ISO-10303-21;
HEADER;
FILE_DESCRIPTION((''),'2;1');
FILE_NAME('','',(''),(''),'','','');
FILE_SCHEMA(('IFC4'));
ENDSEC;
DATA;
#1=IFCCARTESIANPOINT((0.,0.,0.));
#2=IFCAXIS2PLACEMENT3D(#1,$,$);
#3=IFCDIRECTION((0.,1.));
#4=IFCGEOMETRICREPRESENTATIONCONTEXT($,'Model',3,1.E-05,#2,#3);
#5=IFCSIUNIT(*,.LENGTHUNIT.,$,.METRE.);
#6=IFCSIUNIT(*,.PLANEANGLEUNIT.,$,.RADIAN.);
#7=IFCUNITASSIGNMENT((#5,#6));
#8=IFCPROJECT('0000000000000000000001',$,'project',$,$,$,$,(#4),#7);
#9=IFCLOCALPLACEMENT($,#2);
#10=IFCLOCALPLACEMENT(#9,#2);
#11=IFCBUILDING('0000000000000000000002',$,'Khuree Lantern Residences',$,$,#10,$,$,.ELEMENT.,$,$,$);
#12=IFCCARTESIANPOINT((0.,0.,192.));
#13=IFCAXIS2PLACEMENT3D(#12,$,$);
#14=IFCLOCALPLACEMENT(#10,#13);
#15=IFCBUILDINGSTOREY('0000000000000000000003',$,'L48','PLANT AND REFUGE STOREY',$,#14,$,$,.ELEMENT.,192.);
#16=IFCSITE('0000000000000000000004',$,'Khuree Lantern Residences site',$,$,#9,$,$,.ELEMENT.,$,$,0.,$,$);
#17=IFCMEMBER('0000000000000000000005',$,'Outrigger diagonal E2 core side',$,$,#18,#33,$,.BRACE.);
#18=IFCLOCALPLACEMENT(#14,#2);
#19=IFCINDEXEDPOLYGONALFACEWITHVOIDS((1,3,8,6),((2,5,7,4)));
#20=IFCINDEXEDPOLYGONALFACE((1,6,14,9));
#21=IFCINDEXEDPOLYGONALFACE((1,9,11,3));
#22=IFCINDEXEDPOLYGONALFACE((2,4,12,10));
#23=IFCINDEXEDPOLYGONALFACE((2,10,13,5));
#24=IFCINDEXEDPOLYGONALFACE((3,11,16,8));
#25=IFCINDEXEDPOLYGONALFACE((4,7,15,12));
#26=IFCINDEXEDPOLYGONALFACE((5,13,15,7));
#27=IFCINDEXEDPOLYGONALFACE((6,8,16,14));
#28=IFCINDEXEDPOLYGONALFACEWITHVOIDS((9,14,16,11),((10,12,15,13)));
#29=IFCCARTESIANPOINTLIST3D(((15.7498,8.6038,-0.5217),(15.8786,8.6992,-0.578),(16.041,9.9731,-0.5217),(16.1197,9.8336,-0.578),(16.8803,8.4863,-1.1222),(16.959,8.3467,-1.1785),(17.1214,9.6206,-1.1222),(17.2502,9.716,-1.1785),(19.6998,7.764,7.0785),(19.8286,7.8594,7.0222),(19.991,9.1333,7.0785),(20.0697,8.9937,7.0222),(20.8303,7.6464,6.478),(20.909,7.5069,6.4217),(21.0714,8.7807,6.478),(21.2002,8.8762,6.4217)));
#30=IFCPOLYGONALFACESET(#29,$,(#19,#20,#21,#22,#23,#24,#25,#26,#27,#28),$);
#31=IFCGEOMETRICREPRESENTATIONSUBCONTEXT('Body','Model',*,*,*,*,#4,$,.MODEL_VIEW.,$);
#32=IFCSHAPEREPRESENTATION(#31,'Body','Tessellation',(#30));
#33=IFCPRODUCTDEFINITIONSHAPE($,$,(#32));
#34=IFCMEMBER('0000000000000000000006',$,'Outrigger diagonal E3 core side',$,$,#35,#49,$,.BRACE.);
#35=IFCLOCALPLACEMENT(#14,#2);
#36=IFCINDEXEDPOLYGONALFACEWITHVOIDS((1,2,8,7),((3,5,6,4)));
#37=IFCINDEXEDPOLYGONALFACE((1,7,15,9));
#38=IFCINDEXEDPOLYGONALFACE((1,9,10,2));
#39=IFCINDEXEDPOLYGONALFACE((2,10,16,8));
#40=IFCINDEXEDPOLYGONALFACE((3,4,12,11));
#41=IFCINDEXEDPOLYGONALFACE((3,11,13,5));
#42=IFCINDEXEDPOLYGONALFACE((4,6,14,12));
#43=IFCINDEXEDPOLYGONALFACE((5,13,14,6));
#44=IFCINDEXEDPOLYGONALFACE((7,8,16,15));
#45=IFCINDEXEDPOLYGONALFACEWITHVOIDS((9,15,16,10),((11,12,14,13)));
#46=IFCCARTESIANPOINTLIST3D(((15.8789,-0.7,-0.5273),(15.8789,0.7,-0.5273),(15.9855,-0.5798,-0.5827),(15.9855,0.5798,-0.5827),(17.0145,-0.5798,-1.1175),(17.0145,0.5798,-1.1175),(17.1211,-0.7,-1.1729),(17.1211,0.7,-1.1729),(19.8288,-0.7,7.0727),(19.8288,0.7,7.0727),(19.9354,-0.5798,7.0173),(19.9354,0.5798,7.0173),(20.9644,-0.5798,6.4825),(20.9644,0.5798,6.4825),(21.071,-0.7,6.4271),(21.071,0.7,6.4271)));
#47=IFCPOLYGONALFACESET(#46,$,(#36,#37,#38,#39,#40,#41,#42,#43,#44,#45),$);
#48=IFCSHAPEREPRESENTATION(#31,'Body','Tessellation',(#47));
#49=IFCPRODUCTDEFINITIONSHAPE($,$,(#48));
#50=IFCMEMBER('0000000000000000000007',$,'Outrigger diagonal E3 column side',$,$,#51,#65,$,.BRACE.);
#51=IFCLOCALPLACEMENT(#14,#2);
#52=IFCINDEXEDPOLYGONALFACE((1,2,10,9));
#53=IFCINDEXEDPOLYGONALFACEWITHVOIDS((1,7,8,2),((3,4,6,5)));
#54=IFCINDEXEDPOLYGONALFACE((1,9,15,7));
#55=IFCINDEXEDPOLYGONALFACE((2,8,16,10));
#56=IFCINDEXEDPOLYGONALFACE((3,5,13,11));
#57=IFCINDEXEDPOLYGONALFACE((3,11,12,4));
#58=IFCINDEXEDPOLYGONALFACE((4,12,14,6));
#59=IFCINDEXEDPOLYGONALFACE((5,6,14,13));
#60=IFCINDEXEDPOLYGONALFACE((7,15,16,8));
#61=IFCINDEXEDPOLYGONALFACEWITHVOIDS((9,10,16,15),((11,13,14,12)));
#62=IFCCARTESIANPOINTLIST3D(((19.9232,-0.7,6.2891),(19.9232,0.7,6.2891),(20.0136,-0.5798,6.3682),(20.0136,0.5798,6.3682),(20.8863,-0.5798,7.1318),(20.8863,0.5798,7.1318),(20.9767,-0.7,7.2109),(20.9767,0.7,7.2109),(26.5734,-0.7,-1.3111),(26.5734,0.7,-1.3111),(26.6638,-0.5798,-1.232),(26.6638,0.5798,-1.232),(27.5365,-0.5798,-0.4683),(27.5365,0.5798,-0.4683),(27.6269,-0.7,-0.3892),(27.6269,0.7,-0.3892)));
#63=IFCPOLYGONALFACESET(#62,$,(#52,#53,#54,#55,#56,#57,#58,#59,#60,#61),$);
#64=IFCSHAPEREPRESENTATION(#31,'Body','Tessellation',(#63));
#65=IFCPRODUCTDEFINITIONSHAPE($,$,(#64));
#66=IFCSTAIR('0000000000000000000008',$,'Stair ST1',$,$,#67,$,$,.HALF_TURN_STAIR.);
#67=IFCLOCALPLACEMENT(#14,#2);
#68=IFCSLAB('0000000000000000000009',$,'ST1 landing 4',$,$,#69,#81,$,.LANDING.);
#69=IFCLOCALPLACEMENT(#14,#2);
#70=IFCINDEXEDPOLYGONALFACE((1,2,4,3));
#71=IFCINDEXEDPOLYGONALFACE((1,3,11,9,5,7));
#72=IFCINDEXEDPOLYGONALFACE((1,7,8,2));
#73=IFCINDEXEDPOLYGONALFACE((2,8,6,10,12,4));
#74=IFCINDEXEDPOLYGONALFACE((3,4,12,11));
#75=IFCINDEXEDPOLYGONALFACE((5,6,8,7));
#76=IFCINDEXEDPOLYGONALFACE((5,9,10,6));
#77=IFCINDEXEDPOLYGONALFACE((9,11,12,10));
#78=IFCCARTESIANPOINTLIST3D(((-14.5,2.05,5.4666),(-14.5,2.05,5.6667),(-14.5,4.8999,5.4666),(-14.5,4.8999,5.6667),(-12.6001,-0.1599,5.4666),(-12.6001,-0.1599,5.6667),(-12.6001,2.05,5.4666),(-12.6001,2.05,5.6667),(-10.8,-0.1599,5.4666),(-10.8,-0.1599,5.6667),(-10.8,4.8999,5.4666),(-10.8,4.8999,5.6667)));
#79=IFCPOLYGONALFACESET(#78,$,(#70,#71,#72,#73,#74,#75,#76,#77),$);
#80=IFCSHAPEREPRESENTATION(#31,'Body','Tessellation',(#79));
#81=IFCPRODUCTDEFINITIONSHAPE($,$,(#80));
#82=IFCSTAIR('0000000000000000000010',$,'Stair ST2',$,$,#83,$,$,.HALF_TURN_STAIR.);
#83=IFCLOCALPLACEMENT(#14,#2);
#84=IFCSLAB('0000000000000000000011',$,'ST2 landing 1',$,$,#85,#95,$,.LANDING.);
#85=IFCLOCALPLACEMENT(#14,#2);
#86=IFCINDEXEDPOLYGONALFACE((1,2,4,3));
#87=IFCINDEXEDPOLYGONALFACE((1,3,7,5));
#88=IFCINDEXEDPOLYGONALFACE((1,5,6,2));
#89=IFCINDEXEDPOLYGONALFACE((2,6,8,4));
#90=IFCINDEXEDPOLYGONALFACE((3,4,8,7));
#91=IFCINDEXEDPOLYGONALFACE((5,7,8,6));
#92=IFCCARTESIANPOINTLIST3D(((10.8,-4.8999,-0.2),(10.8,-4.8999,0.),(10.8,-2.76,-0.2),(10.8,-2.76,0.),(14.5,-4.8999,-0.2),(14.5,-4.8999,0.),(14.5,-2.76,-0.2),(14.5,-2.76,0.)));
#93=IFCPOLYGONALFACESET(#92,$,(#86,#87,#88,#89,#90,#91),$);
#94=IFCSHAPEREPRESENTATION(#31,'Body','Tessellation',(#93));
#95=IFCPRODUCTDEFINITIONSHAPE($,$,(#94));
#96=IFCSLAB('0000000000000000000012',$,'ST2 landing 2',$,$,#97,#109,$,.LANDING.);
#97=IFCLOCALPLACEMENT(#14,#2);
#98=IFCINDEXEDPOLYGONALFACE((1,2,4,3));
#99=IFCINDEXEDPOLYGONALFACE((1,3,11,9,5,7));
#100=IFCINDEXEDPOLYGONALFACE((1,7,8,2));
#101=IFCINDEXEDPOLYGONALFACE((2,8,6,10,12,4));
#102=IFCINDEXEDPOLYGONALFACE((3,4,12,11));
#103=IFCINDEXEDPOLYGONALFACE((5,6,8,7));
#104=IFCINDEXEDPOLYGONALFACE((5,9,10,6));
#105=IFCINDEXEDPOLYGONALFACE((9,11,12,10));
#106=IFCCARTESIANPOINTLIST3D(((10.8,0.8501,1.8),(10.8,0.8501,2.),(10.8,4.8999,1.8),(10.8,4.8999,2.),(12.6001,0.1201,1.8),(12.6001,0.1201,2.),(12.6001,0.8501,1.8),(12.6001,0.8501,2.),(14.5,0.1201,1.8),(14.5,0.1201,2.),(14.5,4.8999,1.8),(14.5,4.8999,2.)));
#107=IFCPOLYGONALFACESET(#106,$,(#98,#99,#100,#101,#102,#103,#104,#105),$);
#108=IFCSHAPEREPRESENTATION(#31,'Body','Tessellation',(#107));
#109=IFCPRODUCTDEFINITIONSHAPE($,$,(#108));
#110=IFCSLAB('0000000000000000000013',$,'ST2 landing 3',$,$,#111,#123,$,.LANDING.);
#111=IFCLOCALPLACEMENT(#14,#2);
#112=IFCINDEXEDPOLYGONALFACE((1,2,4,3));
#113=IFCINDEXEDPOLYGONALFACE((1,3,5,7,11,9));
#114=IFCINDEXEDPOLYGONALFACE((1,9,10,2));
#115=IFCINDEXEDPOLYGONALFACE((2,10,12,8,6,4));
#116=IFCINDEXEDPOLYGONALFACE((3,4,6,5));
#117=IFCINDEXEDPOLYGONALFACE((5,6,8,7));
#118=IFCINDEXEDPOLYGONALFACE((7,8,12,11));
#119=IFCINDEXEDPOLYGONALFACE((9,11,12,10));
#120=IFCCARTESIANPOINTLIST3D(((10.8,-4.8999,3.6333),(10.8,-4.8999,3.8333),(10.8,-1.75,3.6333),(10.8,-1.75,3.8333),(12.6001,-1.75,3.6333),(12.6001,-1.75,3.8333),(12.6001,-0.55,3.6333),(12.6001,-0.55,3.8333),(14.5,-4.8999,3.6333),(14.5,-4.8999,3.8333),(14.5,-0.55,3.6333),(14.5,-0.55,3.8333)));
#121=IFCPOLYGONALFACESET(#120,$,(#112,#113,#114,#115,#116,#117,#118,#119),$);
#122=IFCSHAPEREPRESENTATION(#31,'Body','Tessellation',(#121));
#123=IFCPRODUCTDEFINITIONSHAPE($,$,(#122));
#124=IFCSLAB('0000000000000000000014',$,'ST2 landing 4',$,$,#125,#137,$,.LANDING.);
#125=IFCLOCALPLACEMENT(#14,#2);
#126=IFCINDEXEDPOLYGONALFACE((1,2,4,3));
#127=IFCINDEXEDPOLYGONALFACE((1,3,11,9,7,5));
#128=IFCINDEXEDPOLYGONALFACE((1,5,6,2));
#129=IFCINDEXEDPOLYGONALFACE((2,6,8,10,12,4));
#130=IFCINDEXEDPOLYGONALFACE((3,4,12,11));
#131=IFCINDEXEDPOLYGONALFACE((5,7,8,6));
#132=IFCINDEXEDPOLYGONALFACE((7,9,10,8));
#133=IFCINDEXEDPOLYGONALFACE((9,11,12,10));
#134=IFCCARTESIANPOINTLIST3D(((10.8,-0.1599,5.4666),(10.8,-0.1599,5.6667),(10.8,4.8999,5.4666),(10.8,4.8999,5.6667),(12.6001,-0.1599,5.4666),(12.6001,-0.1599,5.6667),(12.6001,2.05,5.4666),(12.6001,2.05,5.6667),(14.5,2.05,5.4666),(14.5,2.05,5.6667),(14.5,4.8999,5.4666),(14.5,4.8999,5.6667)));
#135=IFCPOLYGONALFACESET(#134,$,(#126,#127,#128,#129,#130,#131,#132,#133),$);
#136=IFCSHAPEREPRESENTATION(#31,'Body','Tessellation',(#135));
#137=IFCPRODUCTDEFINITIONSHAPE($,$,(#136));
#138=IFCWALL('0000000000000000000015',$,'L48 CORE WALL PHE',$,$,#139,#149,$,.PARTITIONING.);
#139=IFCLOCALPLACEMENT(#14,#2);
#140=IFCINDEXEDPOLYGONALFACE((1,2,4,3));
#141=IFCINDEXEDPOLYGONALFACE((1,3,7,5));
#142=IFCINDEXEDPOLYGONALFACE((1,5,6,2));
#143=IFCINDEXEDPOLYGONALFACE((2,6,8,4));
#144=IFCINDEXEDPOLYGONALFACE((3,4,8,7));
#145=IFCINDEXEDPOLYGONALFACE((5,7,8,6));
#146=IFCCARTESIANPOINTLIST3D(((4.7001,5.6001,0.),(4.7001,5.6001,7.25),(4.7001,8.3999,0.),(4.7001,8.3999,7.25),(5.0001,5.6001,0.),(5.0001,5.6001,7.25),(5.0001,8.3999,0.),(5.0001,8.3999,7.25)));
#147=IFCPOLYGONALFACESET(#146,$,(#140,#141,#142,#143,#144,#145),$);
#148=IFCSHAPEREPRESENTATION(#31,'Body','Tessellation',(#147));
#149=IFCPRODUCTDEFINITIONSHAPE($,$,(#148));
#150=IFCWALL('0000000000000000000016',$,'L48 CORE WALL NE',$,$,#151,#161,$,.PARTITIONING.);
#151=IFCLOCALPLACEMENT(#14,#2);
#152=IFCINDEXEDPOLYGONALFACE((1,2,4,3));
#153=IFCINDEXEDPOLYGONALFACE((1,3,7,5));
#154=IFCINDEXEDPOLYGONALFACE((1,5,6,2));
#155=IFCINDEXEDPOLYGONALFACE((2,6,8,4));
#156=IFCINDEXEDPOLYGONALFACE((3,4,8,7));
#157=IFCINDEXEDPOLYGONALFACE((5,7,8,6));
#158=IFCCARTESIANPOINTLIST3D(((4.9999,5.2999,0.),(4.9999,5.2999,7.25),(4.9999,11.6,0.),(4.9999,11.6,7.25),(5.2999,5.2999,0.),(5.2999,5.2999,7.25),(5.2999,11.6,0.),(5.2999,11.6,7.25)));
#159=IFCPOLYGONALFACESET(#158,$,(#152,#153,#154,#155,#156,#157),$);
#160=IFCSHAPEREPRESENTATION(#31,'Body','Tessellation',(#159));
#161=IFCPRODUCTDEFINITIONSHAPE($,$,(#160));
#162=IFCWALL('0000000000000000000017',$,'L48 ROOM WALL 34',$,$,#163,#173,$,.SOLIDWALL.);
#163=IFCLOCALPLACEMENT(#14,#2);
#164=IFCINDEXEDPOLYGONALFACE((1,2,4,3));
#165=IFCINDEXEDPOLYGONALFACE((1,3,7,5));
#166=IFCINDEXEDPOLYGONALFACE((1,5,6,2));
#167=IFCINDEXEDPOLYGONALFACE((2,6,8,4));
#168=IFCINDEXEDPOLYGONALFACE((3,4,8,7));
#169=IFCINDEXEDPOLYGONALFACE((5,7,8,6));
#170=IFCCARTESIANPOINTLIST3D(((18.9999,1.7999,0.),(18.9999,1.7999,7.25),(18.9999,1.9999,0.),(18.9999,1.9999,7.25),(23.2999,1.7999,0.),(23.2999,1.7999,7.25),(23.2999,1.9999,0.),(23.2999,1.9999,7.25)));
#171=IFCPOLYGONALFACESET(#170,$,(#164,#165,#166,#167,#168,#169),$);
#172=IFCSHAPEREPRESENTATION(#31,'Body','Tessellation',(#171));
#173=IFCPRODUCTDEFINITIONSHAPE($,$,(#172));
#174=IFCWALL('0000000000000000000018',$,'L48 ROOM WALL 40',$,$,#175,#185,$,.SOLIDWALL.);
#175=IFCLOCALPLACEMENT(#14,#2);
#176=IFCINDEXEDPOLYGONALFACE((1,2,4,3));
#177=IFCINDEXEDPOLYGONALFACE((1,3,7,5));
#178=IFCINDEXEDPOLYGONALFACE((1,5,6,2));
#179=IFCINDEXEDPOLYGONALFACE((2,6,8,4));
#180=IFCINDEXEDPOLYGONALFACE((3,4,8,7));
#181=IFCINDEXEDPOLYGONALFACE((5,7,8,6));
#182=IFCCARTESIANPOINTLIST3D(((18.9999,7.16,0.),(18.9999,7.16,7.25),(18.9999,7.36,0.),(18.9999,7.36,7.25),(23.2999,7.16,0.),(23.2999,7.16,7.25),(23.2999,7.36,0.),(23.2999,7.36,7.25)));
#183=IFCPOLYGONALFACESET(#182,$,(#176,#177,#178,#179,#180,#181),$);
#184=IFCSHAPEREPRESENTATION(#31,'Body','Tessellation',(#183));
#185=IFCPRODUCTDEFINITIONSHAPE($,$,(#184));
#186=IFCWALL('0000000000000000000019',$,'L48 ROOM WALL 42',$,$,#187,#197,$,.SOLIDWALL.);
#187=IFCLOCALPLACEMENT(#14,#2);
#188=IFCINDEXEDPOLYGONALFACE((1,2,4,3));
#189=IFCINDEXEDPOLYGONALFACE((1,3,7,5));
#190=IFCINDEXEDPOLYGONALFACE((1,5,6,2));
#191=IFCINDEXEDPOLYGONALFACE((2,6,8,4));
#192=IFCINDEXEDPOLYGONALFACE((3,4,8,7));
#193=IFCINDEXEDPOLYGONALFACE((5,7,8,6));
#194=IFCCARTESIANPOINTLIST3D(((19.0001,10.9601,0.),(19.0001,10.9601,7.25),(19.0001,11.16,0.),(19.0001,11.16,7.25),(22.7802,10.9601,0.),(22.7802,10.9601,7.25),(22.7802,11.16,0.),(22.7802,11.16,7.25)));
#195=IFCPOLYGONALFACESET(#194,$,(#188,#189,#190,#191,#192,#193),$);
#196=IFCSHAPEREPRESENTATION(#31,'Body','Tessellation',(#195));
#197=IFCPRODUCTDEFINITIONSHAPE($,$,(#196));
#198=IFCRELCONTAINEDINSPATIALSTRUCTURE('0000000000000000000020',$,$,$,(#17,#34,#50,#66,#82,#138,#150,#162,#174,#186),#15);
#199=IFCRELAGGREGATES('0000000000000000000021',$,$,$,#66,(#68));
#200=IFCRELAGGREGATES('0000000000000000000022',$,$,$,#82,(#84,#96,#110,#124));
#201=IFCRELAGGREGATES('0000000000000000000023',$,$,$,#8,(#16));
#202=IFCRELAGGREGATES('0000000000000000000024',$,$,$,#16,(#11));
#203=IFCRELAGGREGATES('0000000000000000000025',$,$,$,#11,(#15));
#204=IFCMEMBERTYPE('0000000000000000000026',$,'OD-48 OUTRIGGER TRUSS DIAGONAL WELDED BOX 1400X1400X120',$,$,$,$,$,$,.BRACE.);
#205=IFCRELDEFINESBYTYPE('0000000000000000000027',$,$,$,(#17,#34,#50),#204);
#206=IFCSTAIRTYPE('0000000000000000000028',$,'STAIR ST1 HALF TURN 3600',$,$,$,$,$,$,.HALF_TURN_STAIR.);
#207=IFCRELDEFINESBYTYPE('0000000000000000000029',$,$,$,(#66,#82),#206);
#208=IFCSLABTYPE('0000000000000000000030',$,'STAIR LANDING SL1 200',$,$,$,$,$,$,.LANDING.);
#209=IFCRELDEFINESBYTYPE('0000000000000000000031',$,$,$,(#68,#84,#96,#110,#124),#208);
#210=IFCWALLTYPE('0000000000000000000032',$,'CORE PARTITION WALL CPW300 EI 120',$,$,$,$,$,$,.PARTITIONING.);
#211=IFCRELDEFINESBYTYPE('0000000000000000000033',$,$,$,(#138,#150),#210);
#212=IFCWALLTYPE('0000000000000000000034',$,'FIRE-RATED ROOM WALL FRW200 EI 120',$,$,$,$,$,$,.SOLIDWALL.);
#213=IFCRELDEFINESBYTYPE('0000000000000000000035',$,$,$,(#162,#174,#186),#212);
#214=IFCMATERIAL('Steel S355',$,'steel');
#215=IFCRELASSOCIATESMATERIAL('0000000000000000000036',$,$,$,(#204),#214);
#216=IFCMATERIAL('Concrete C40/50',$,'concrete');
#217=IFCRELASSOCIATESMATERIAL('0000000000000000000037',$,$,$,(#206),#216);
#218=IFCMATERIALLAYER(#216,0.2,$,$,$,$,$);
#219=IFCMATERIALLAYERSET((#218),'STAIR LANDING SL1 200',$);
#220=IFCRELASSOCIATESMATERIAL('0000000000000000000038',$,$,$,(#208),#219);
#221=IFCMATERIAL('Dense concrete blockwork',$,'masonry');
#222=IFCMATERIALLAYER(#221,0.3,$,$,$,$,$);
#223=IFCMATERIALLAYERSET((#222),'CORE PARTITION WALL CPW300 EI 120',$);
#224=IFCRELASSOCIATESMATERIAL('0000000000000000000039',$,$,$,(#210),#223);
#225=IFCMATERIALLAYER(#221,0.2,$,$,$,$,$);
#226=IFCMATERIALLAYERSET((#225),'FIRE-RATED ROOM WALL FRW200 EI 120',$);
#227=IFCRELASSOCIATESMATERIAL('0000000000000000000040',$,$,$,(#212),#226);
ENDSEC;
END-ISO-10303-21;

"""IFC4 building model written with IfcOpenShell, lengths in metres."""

from ifc_helpers import new_model, si_unit, direction, frame, frame_2d, origin, origin_2d, place, context, subcontext, project, spatial, polyline, rectangle, hollow_rectangle, outline, extrude, material, layer, layer_set, material_profile, profile_set, type_object, element, aggregate, save


model = new_model("IFC4")

# Units and contexts
model_context = context("Model", 3, precision=1e-05, world=origin(), true_north=direction((0.0, 1.0)))
body_context = subcontext(model_context, "Body", "Model", "MODEL_VIEW")
ifc_project = project(units=[si_unit("LENGTHUNIT", "METRE"), si_unit("PLANEANGLEUNIT", "RADIAN")], contexts=[model_context])

# Site, building, storey
site_placement = place(None, origin())
site = spatial("IfcSite", under=ifc_project, at=site_placement, Name="Khuree Lantern Residences site", CompositionType="ELEMENT", RefElevation=0.0)
building_placement = place(site_placement, origin())
building = spatial("IfcBuilding", under=site, at=building_placement, Name="Khuree Lantern Residences", CompositionType="ELEMENT")
storey_placement = place(building_placement, frame((0.0, 0.0, 192.0)))
storey = spatial("IfcBuildingStorey", under=building, at=storey_placement, Name="L48", Description="PLANT AND REFUGE STOREY", CompositionType="ELEMENT", Elevation=192.0)

# Members
ifc_material_1 = material(Name="Steel S355", Category="steel")
ifc_material_profile = material_profile(ifc_material_1, hollow_rectangle(XDim=1.3999, YDim=1.3999, WallThickness=0.1201, at=origin_2d()), Name="WELDED BOX 1400X1400X120")
ifc_profile_set = profile_set([ifc_material_profile], Name="Steel S355")
member_type = type_object("IfcMemberType", Name="OD-48 OUTRIGGER TRUSS DIAGONAL WELDED BOX 1400X1400X120", PredefinedType="BRACE", material=ifc_profile_set)
member_1_placement = place(storey_placement, frame((16.5, 9.1599, -0.8501), z_axis=(0.458959, -0.097584, 0.883082), x_axis=(0.207972, 0.978135, 0.0)))
element("IfcMember", 1, at=member_1_placement, inside=storey, type_object=member_type, Name="Outrigger diagonal E2 core side", PredefinedType="BRACE", context=body_context, shape_type="SweptSolid", body=[
    extrude(hollow_rectangle(XDim=1.3999, YDim=1.3999, WallThickness=0.1201, at=origin_2d()), origin(), (0.0, 0.0, 1.0), 8.6064),
])
member_2_placement = place(storey_placement, frame((16.5, 0.0, -0.8501), z_axis=(0.46116, 0.0, 0.887317), x_axis=(0.0, 1.0, 0.0)))
element("IfcMember", 2, at=member_2_placement, inside=storey, type_object=member_type, Name="Outrigger diagonal E3 core side", PredefinedType="BRACE", context=body_context, shape_type="SweptSolid", body=[
    extrude(hollow_rectangle(XDim=1.3999, YDim=1.3999, WallThickness=0.1201, at=origin_2d()), origin(), (0.0, 0.0, 1.0), 8.5652),
])
member_3_placement = place(storey_placement, frame((20.45, 0.0, 6.75), z_axis=(0.658508, 0.0, -0.752574), x_axis=(0.0, 1.0, 0.0)))
element("IfcMember", 3, at=member_3_placement, inside=storey, type_object=member_type, Name="Outrigger diagonal E3 column side", PredefinedType="BRACE", context=body_context, shape_type="SweptSolid", body=[
    extrude(hollow_rectangle(XDim=1.3999, YDim=1.3999, WallThickness=0.1201, at=origin_2d()), origin(), (0.0, 0.0, 1.0), 10.0989),
])

# Stair, slab
ifc_material_2 = material(Name="Concrete C40/50", Category="concrete")
stair_type = type_object("IfcStairType", Name="STAIR ST1 HALF TURN 3600", PredefinedType="HALF_TURN_STAIR", material=ifc_material_2)
stair_1_placement = place(storey_placement, origin())
stair_1 = element("IfcStair", 4, at=stair_1_placement, inside=storey, type_object=stair_type, Name="Stair ST1", PredefinedType="HALF_TURN_STAIR")
ifc_layer_1 = layer(ifc_material_2, 0.2)
ifc_layer_set_1 = layer_set([ifc_layer_1], Name="STAIR LANDING SL1 200")
slab_type = type_object("IfcSlabType", Name="STAIR LANDING SL1 200", PredefinedType="LANDING", material=ifc_layer_set_1)
slab_1_placement = place(storey_placement, frame((0.0, 0.0, 5.4666)))
slab_1 = element("IfcSlab", 5, at=slab_1_placement, type_object=slab_type, Name="ST1 landing 4", PredefinedType="LANDING", context=body_context, shape_type="SweptSolid", body=[
    extrude(outline(polyline([(-10.8, 4.8999), (-10.8, -0.1599), (-12.6001, -0.1599), (-12.6001, 2.05), (-14.5, 2.05), (-14.5, 4.8999), (-10.8, 4.8999)])), origin(), (0.0, 0.0, 1.0), 0.2002),
])
aggregate(stair_1, [slab_1])

# Stair, slabs
stair_2_placement = place(storey_placement, origin())
stair_2 = element("IfcStair", 6, at=stair_2_placement, inside=storey, type_object=stair_type, Name="Stair ST2", PredefinedType="HALF_TURN_STAIR")
slab_2_placement = place(storey_placement, frame((0.0, 0.0, -0.2)))
slab_2 = element("IfcSlab", 7, at=slab_2_placement, type_object=slab_type, Name="ST2 landing 1", PredefinedType="LANDING", context=body_context, shape_type="SweptSolid", body=[
    extrude(outline(polyline([(10.8, -4.8999), (14.5, -4.8999), (14.5, -2.76), (10.8, -2.76), (10.8, -4.8999)])), origin(), (0.0, 0.0, 1.0), 0.2),
])
slab_3_placement = place(storey_placement, frame((0.0, 0.0, 1.8)))
slab_3 = element("IfcSlab", 8, at=slab_3_placement, type_object=slab_type, Name="ST2 landing 2", PredefinedType="LANDING", context=body_context, shape_type="SweptSolid", body=[
    extrude(outline(polyline([(14.5, 4.8999), (14.5, 0.1201), (12.6001, 0.1201), (12.6001, 0.8501), (10.8, 0.8501), (10.8, 4.8999), (14.5, 4.8999)])), origin(), (0.0, 0.0, 1.0), 0.2),
])
slab_4_placement = place(storey_placement, frame((0.0, 0.0, 3.6333)))
slab_4 = element("IfcSlab", 9, at=slab_4_placement, type_object=slab_type, Name="ST2 landing 3", PredefinedType="LANDING", context=body_context, shape_type="SweptSolid", body=[
    extrude(outline(polyline([(14.5, -4.8999), (10.8, -4.8999), (10.8, -1.75), (12.6001, -1.75), (12.6001, -0.55), (14.5, -0.55), (14.5, -4.8999)])), origin(), (0.0, 0.0, 1.0), 0.2),
])
slab_5_placement = place(storey_placement, frame((0.0, 0.0, 5.4666)))
slab_5 = element("IfcSlab", 10, at=slab_5_placement, type_object=slab_type, Name="ST2 landing 4", PredefinedType="LANDING", context=body_context, shape_type="SweptSolid", body=[
    extrude(outline(polyline([(12.6001, -0.1599), (10.8, -0.1599), (10.8, 4.8999), (14.5, 4.8999), (14.5, 2.05), (12.6001, 2.05), (12.6001, -0.1599)])), origin(), (0.0, 0.0, 1.0), 0.2002),
])

# Walls
ifc_material_3 = material(Name="Dense concrete blockwork", Category="masonry")
ifc_layer_2 = layer(ifc_material_3, 0.3)
ifc_layer_set_2 = layer_set([ifc_layer_2], Name="CORE PARTITION WALL CPW300 EI 120")
wall_type_1 = type_object("IfcWallType", Name="CORE PARTITION WALL CPW300 EI 120", PredefinedType="PARTITIONING", material=ifc_layer_set_2)
wall_1_placement = place(storey_placement, frame((4.8501, 5.6001, 0.0), z_axis=(0.0, 0.0, 1.0), x_axis=(0.0, 1.0, 0.0)))
element("IfcWall", 11, at=wall_1_placement, inside=storey, type_object=wall_type_1, Name="L48 CORE WALL PHE", PredefinedType="PARTITIONING", context=body_context, shape_type="SweptSolid", body=[
    extrude(rectangle(XDim=2.7998, YDim=0.3, at=frame_2d((1.3999, 0.0))), origin(), (0.0, 0.0, 1.0), 7.25),
])
wall_2_placement = place(storey_placement, frame((5.1499, 5.3, 0.0), z_axis=(0.0, 0.0, 1.0), x_axis=(0.0, 1.0, 0.0)))
element("IfcWall", 12, at=wall_2_placement, inside=storey, type_object=wall_type_1, Name="L48 CORE WALL NE", PredefinedType="PARTITIONING", context=body_context, shape_type="SweptSolid", body=[
    extrude(rectangle(XDim=6.3, YDim=0.3, at=frame_2d((3.1499, 0.0))), origin(), (0.0, 0.0, 1.0), 7.25),
])
ifc_layer_3 = layer(ifc_material_3, 0.2)
ifc_layer_set_3 = layer_set([ifc_layer_3], Name="FIRE-RATED ROOM WALL FRW200 EI 120")
wall_type_2 = type_object("IfcWallType", Name="FIRE-RATED ROOM WALL FRW200 EI 120", PredefinedType="SOLIDWALL", material=ifc_layer_set_3)
wall_3_placement = place(storey_placement, frame((19.0, 1.8999, 0.0), z_axis=(0.0, 0.0, 1.0), x_axis=(1.0, 0.0, 0.0)))
element("IfcWall", 13, at=wall_3_placement, inside=storey, type_object=wall_type_2, Name="L48 ROOM WALL 34", PredefinedType="SOLIDWALL", context=body_context, shape_type="SweptSolid", body=[
    extrude(rectangle(XDim=4.3, YDim=0.2, at=frame_2d((2.1499, 0.0))), origin(), (0.0, 0.0, 1.0), 7.25),
])

# Walls
wall_4_placement = place(storey_placement, frame((19.0, 7.26, 0.0), z_axis=(0.0, 0.0, 1.0), x_axis=(1.0, 0.0, 0.0)))
element("IfcWall", 14, at=wall_4_placement, inside=storey, type_object=wall_type_2, Name="L48 ROOM WALL 40", PredefinedType="SOLIDWALL", context=body_context, shape_type="SweptSolid", body=[
    extrude(rectangle(XDim=4.3, YDim=0.2, at=frame_2d((2.1499, 0.0))), origin(), (0.0, 0.0, 1.0), 7.25),
])
wall_5_placement = place(storey_placement, frame((19.0, 11.0601, 0.0), z_axis=(0.0, 0.0, 1.0), x_axis=(1.0, 0.0, 0.0)))
element("IfcWall", 15, at=wall_5_placement, inside=storey, type_object=wall_type_2, Name="L48 ROOM WALL 42", PredefinedType="SOLIDWALL", context=body_context, shape_type="SweptSolid", body=[
    extrude(rectangle(XDim=3.78, YDim=0.2, at=frame_2d((1.8901, 0.0))), origin(), (0.0, 0.0, 1.0), 7.25),
])

aggregate(stair_2, [slab_2, slab_3, slab_4, slab_5])

save(model, "model.ifc")
